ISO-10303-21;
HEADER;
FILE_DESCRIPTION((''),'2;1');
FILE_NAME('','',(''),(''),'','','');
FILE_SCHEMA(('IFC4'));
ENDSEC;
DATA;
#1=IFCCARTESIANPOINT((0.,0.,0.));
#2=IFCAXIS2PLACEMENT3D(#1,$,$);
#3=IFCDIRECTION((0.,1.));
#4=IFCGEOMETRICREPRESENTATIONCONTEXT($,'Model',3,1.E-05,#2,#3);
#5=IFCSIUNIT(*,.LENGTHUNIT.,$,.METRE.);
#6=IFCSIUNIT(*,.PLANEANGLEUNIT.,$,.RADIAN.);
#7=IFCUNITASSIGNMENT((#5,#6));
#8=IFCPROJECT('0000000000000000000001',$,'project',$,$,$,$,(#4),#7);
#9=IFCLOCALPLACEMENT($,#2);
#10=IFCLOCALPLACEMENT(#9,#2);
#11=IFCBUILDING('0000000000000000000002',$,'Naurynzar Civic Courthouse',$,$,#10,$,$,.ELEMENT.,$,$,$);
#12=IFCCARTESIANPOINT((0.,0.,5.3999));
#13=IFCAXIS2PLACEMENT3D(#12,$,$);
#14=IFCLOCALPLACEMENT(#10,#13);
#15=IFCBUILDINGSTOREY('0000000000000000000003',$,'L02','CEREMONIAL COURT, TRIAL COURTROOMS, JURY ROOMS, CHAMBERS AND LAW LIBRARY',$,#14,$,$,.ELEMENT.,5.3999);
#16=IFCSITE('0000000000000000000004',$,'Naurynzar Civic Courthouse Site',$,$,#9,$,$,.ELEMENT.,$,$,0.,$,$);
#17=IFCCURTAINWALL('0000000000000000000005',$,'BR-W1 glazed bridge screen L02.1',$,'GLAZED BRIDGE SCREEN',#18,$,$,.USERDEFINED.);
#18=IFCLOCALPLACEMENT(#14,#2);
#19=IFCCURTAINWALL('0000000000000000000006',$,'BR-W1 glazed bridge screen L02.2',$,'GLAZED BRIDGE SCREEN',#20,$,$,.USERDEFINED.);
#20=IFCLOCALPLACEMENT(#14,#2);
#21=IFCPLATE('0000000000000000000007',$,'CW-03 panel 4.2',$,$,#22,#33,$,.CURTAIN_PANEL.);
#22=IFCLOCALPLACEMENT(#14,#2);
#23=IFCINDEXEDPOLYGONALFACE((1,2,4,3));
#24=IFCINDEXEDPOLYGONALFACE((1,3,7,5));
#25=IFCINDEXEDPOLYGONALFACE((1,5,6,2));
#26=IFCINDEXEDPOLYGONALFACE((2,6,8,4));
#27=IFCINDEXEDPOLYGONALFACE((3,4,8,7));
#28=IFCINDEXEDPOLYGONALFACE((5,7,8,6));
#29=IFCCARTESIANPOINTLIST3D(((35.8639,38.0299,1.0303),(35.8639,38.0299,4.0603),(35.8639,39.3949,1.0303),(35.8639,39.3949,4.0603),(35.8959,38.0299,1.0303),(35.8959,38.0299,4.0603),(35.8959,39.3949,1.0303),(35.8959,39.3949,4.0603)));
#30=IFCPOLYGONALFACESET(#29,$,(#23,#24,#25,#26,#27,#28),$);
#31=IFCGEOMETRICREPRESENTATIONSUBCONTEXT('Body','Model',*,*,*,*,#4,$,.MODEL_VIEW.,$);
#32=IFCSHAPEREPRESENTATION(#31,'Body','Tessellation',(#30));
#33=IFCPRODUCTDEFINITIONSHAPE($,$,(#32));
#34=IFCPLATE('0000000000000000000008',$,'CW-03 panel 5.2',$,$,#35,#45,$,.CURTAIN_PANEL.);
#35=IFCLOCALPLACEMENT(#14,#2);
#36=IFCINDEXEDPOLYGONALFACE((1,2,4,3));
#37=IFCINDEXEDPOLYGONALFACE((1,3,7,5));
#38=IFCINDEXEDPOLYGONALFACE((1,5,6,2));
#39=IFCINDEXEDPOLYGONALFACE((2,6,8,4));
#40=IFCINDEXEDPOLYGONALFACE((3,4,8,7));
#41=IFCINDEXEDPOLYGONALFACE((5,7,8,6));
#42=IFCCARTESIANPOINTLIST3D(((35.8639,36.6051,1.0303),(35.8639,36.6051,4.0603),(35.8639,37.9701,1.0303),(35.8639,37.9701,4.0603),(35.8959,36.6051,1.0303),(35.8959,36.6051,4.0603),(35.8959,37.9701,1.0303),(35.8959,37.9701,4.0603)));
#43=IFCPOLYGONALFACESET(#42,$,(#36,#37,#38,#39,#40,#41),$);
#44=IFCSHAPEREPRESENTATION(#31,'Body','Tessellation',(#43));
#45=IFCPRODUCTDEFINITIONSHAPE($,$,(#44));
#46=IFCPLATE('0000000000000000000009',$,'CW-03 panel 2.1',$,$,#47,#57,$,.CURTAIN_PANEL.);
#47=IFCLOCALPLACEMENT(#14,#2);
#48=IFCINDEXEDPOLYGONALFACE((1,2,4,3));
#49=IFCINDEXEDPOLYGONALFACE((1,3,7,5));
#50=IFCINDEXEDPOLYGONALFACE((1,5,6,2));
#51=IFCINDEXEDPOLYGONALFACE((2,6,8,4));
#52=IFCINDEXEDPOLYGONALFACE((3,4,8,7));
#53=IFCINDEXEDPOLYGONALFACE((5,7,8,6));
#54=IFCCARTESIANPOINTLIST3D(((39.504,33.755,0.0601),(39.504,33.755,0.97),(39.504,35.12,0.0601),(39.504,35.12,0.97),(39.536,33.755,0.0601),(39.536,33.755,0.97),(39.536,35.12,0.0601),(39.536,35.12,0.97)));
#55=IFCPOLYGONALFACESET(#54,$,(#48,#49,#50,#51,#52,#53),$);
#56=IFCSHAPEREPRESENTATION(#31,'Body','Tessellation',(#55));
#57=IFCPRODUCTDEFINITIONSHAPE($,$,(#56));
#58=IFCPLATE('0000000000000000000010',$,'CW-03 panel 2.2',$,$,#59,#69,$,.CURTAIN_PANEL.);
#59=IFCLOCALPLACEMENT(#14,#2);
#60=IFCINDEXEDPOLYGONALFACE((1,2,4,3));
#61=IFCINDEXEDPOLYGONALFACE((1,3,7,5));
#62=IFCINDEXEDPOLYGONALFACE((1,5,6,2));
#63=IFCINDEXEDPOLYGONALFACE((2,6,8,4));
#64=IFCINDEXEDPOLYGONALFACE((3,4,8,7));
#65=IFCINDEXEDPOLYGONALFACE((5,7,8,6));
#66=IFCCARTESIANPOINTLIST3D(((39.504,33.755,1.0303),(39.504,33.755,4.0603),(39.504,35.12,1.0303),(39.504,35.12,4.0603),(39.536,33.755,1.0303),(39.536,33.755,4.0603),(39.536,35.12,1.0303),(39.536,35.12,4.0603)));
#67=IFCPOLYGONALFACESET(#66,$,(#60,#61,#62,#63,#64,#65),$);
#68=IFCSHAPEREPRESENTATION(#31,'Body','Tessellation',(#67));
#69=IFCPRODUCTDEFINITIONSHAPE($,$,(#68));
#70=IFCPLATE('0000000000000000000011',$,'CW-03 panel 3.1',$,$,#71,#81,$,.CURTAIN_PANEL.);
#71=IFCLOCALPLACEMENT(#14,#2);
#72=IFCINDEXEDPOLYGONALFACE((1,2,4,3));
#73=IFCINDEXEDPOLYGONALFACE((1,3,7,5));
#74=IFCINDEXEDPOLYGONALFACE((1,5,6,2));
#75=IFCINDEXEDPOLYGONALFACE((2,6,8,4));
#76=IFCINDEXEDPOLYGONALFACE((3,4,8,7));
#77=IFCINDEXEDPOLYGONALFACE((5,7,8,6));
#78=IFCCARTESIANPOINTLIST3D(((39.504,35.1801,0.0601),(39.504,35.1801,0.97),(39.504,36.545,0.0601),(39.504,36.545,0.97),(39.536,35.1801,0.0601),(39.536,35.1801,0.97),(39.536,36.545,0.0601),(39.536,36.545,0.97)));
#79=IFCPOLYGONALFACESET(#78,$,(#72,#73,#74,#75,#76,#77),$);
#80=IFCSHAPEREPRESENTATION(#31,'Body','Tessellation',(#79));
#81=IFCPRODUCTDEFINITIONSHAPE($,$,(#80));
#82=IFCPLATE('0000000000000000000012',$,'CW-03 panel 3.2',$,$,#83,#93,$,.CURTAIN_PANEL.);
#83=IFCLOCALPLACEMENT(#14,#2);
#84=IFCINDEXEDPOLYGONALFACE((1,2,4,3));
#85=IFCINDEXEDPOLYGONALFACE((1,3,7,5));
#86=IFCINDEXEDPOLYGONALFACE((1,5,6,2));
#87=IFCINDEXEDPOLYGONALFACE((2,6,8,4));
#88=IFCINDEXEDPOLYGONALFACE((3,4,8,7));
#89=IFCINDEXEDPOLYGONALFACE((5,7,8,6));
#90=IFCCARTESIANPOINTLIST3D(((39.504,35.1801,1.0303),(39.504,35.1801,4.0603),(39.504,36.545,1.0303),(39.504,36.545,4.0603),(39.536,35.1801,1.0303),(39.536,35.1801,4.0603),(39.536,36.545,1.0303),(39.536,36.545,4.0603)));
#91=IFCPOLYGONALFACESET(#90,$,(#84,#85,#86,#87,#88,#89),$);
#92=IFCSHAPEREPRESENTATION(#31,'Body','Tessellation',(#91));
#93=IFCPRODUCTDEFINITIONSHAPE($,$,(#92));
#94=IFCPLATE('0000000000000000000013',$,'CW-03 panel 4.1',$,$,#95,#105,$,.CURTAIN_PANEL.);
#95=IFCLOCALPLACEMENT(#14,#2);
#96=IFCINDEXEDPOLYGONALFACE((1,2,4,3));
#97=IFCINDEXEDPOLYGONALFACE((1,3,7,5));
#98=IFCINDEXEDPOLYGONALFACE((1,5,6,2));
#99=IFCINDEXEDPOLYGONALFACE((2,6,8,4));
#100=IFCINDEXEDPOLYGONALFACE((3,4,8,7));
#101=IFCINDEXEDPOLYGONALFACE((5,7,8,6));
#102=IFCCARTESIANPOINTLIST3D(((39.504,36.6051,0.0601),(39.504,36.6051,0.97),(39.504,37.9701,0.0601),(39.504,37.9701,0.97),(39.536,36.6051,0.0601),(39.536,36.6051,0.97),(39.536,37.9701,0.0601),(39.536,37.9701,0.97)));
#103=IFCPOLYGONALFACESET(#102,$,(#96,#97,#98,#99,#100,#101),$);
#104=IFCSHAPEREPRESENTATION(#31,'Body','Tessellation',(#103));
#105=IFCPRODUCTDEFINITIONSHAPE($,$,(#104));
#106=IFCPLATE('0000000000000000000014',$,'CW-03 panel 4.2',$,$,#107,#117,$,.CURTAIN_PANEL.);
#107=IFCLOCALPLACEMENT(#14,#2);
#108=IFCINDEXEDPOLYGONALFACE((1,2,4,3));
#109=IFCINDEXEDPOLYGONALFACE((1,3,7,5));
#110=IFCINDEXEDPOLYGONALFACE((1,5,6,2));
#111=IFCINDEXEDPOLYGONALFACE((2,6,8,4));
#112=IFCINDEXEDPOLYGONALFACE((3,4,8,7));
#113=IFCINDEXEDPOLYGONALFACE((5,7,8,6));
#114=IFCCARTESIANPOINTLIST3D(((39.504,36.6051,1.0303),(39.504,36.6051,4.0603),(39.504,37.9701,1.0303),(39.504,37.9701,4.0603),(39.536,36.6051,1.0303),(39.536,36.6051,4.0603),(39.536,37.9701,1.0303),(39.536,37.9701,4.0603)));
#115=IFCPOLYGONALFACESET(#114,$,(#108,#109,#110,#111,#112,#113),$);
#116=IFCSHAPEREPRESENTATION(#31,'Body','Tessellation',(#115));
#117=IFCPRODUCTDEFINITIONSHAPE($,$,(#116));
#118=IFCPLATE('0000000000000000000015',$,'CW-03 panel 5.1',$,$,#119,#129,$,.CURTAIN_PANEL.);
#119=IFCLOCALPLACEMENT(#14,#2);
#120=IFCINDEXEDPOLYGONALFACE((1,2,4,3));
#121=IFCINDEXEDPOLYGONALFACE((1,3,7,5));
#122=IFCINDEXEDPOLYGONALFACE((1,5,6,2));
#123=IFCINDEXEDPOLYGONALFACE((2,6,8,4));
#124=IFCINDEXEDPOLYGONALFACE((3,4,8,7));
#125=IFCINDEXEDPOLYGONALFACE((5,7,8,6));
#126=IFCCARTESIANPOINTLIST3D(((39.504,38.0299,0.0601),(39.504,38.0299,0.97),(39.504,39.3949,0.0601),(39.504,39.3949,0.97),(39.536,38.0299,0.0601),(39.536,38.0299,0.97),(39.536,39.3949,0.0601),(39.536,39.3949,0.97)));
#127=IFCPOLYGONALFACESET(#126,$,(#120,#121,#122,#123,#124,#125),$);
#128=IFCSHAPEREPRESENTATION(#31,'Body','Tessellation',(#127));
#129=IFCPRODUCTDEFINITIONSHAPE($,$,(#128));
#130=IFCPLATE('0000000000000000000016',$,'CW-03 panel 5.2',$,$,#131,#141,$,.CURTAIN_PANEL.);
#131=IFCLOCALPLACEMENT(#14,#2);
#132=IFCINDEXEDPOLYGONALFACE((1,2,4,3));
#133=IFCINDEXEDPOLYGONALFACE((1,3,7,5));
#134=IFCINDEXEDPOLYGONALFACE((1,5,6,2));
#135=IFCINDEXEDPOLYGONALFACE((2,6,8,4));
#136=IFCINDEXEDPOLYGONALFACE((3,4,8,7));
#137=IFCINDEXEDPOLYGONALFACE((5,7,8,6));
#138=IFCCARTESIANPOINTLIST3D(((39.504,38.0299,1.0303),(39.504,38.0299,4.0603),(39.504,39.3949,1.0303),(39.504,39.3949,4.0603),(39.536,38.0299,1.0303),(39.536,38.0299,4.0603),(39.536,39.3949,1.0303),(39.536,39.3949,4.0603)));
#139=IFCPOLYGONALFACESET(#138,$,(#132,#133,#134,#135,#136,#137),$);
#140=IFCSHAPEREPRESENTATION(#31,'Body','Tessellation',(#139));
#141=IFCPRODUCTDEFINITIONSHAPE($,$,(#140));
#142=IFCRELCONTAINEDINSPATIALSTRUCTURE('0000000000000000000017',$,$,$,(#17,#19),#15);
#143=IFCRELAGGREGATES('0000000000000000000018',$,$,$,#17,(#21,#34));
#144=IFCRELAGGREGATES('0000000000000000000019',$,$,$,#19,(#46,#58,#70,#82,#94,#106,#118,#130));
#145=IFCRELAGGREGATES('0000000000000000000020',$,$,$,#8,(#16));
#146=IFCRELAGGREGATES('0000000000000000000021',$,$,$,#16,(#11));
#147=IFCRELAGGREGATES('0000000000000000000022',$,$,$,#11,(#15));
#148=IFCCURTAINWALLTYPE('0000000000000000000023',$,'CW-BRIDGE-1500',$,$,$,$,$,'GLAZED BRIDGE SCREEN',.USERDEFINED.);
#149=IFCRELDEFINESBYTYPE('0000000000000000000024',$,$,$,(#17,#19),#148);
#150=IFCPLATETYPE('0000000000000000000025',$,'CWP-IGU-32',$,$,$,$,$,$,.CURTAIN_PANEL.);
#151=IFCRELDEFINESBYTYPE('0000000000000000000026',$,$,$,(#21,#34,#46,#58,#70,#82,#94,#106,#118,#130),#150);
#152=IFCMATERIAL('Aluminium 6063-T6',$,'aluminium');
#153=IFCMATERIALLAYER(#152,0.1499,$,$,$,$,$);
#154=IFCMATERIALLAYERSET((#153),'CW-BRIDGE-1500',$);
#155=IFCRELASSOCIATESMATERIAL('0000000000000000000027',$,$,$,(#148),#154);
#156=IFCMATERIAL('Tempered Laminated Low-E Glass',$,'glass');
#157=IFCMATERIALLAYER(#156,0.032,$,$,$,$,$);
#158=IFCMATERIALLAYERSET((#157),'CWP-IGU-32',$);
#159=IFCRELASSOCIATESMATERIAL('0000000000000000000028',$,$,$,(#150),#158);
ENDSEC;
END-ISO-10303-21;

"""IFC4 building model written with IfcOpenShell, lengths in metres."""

from ifc_helpers import new_model, si_unit, direction, frame, origin, origin_2d, place, context, subcontext, project, spatial, rectangle, extrude, material, layer, layer_set, type_object, element, aggregate, save


model = new_model("IFC4")

# Units and contexts
model_context = context("Model", 3, precision=1e-05, world=origin(), true_north=direction((0.0, 1.0)))
body_context = subcontext(model_context, "Body", "Model", "MODEL_VIEW")
ifc_project = project(units=[si_unit("LENGTHUNIT", "METRE"), si_unit("PLANEANGLEUNIT", "RADIAN")], contexts=[model_context])

# Site, building, storey
site_placement = place(None, origin())
site = spatial("IfcSite", under=ifc_project, at=site_placement, Name="Naurynzar Civic Courthouse Site", CompositionType="ELEMENT", RefElevation=0.0)
building_placement = place(site_placement, origin())
building = spatial("IfcBuilding", under=site, at=building_placement, Name="Naurynzar Civic Courthouse", CompositionType="ELEMENT")
storey_placement = place(building_placement, frame((0.0, 0.0, 5.3999)))
storey = spatial("IfcBuildingStorey", under=building, at=storey_placement, Name="L02", Description="CEREMONIAL COURT, TRIAL COURTROOMS, JURY ROOMS, CHAMBERS AND LAW LIBRARY", CompositionType="ELEMENT", Elevation=5.3999)

# Curtain walls
ifc_material_1 = material(Name="Aluminium 6063-T6", Category="aluminium")
ifc_layer_1 = layer(ifc_material_1, 0.1499)
ifc_layer_set_1 = layer_set([ifc_layer_1], Name="CW-BRIDGE-1500")
curtain_wall_type = type_object("IfcCurtainWallType", Name="CW-BRIDGE-1500", ElementType="GLAZED BRIDGE SCREEN", PredefinedType="USERDEFINED", material=ifc_layer_set_1)
curtain_wall_1_placement = place(storey_placement, origin())
curtain_wall_1 = element("IfcCurtainWall", 1, at=curtain_wall_1_placement, inside=storey, type_object=curtain_wall_type, Name="BR-W1 glazed bridge screen L02.1", ObjectType="GLAZED BRIDGE SCREEN", PredefinedType="USERDEFINED")
curtain_wall_2_placement = place(storey_placement, origin())
curtain_wall_2 = element("IfcCurtainWall", 2, at=curtain_wall_2_placement, inside=storey, type_object=curtain_wall_type, Name="BR-W1 glazed bridge screen L02.2", ObjectType="GLAZED BRIDGE SCREEN", PredefinedType="USERDEFINED")

# Plates
ifc_material_2 = material(Name="Tempered Laminated Low-E Glass", Category="glass")
ifc_layer_2 = layer(ifc_material_2, 0.032)
ifc_layer_set_2 = layer_set([ifc_layer_2], Name="CWP-IGU-32")
plate_type = type_object("IfcPlateType", Name="CWP-IGU-32", PredefinedType="CURTAIN_PANEL", material=ifc_layer_set_2)
plate_1_placement = place(storey_placement, frame((35.8799, 38.7124, 1.0303), z_axis=(0.0, 0.0, 1.0), x_axis=(0.0, -1.0, 0.0)))
plate_1 = element("IfcPlate", 3, at=plate_1_placement, type_object=plate_type, Name="CW-03 panel 4.2", PredefinedType="CURTAIN_PANEL", context=body_context, shape_type="SweptSolid", body=[
    extrude(rectangle(XDim=1.365, YDim=0.032, at=origin_2d()), origin(), (0.0, 0.0, 1.0), 3.03),
])
plate_2_placement = place(storey_placement, frame((35.8799, 37.2876, 1.0303), z_axis=(0.0, 0.0, 1.0), x_axis=(0.0, -1.0, 0.0)))
plate_2 = element("IfcPlate", 4, at=plate_2_placement, type_object=plate_type, Name="CW-03 panel 5.2", PredefinedType="CURTAIN_PANEL", context=body_context, shape_type="SweptSolid", body=[
    extrude(rectangle(XDim=1.365, YDim=0.032, at=origin_2d()), origin(), (0.0, 0.0, 1.0), 3.03),
])
aggregate(curtain_wall_1, [plate_1, plate_2])
plate_3_placement = place(storey_placement, frame((39.52, 34.4375, 0.0601), z_axis=(0.0, 0.0, 1.0), x_axis=(0.0, 1.0, 0.0)))
plate_3 = element("IfcPlate", 5, at=plate_3_placement, type_object=plate_type, Name="CW-03 panel 2.1", PredefinedType="CURTAIN_PANEL", context=body_context, shape_type="SweptSolid", body=[
    extrude(rectangle(XDim=1.365, YDim=0.032, at=origin_2d()), origin(), (0.0, 0.0, 1.0), 0.9099),
])
plate_4_placement = place(storey_placement, frame((39.52, 34.4375, 1.0303), z_axis=(0.0, 0.0, 1.0), x_axis=(0.0, 1.0, 0.0)))
plate_4 = element("IfcPlate", 6, at=plate_4_placement, type_object=plate_type, Name="CW-03 panel 2.2", PredefinedType="CURTAIN_PANEL", context=body_context, shape_type="SweptSolid", body=[
    extrude(rectangle(XDim=1.365, YDim=0.032, at=origin_2d()), origin(), (0.0, 0.0, 1.0), 3.03),
])
plate_5_placement = place(storey_placement, frame((39.52, 35.8625, 0.0601), z_axis=(0.0, 0.0, 1.0), x_axis=(0.0, 1.0, 0.0)))
plate_5 = element("IfcPlate", 7, at=plate_5_placement, type_object=plate_type, Name="CW-03 panel 3.1", PredefinedType="CURTAIN_PANEL", context=body_context, shape_type="SweptSolid", body=[
    extrude(rectangle(XDim=1.365, YDim=0.032, at=origin_2d()), origin(), (0.0, 0.0, 1.0), 0.9099),
])
plate_6_placement = place(storey_placement, frame((39.52, 35.8625, 1.0303), z_axis=(0.0, 0.0, 1.0), x_axis=(0.0, 1.0, 0.0)))
plate_6 = element("IfcPlate", 8, at=plate_6_placement, type_object=plate_type, Name="CW-03 panel 3.2", PredefinedType="CURTAIN_PANEL", context=body_context, shape_type="SweptSolid", body=[
    extrude(rectangle(XDim=1.365, YDim=0.032, at=origin_2d()), origin(), (0.0, 0.0, 1.0), 3.03),
])
plate_7_placement = place(storey_placement, frame((39.52, 37.2876, 0.0601), z_axis=(0.0, 0.0, 1.0), x_axis=(0.0, 1.0, 0.0)))
plate_7 = element("IfcPlate", 9, at=plate_7_placement, type_object=plate_type, Name="CW-03 panel 4.1", PredefinedType="CURTAIN_PANEL", context=body_context, shape_type="SweptSolid", body=[
    extrude(rectangle(XDim=1.365, YDim=0.032, at=origin_2d()), origin(), (0.0, 0.0, 1.0), 0.9099),
])
plate_8_placement = place(storey_placement, frame((39.52, 37.2876, 1.0303), z_axis=(0.0, 0.0, 1.0), x_axis=(0.0, 1.0, 0.0)))
plate_8 = element("IfcPlate", 10, at=plate_8_placement, type_object=plate_type, Name="CW-03 panel 4.2", PredefinedType="CURTAIN_PANEL", context=body_context, shape_type="SweptSolid", body=[
    extrude(rectangle(XDim=1.365, YDim=0.032, at=origin_2d()), origin(), (0.0, 0.0, 1.0), 3.03),
])
plate_9_placement = place(storey_placement, frame((39.52, 38.7124, 0.0601), z_axis=(0.0, 0.0, 1.0), x_axis=(0.0, 1.0, 0.0)))
plate_9 = element("IfcPlate", 11, at=plate_9_placement, type_object=plate_type, Name="CW-03 panel 5.1", PredefinedType="CURTAIN_PANEL", context=body_context, shape_type="SweptSolid", body=[
    extrude(rectangle(XDim=1.365, YDim=0.032, at=origin_2d()), origin(), (0.0, 0.0, 1.0), 0.9099),
])
plate_10_placement = place(storey_placement, frame((39.52, 38.7124, 1.0303), z_axis=(0.0, 0.0, 1.0), x_axis=(0.0, 1.0, 0.0)))
plate_10 = element("IfcPlate", 12, at=plate_10_placement, type_object=plate_type, Name="CW-03 panel 5.2", PredefinedType="CURTAIN_PANEL", context=body_context, shape_type="SweptSolid", body=[
    extrude(rectangle(XDim=1.365, YDim=0.032, at=origin_2d()), origin(), (0.0, 0.0, 1.0), 3.03),
])
aggregate(curtain_wall_2, [plate_3, plate_4, plate_5, plate_6, plate_7, plate_8, plate_9, plate_10])

save(model, "model.ifc")
